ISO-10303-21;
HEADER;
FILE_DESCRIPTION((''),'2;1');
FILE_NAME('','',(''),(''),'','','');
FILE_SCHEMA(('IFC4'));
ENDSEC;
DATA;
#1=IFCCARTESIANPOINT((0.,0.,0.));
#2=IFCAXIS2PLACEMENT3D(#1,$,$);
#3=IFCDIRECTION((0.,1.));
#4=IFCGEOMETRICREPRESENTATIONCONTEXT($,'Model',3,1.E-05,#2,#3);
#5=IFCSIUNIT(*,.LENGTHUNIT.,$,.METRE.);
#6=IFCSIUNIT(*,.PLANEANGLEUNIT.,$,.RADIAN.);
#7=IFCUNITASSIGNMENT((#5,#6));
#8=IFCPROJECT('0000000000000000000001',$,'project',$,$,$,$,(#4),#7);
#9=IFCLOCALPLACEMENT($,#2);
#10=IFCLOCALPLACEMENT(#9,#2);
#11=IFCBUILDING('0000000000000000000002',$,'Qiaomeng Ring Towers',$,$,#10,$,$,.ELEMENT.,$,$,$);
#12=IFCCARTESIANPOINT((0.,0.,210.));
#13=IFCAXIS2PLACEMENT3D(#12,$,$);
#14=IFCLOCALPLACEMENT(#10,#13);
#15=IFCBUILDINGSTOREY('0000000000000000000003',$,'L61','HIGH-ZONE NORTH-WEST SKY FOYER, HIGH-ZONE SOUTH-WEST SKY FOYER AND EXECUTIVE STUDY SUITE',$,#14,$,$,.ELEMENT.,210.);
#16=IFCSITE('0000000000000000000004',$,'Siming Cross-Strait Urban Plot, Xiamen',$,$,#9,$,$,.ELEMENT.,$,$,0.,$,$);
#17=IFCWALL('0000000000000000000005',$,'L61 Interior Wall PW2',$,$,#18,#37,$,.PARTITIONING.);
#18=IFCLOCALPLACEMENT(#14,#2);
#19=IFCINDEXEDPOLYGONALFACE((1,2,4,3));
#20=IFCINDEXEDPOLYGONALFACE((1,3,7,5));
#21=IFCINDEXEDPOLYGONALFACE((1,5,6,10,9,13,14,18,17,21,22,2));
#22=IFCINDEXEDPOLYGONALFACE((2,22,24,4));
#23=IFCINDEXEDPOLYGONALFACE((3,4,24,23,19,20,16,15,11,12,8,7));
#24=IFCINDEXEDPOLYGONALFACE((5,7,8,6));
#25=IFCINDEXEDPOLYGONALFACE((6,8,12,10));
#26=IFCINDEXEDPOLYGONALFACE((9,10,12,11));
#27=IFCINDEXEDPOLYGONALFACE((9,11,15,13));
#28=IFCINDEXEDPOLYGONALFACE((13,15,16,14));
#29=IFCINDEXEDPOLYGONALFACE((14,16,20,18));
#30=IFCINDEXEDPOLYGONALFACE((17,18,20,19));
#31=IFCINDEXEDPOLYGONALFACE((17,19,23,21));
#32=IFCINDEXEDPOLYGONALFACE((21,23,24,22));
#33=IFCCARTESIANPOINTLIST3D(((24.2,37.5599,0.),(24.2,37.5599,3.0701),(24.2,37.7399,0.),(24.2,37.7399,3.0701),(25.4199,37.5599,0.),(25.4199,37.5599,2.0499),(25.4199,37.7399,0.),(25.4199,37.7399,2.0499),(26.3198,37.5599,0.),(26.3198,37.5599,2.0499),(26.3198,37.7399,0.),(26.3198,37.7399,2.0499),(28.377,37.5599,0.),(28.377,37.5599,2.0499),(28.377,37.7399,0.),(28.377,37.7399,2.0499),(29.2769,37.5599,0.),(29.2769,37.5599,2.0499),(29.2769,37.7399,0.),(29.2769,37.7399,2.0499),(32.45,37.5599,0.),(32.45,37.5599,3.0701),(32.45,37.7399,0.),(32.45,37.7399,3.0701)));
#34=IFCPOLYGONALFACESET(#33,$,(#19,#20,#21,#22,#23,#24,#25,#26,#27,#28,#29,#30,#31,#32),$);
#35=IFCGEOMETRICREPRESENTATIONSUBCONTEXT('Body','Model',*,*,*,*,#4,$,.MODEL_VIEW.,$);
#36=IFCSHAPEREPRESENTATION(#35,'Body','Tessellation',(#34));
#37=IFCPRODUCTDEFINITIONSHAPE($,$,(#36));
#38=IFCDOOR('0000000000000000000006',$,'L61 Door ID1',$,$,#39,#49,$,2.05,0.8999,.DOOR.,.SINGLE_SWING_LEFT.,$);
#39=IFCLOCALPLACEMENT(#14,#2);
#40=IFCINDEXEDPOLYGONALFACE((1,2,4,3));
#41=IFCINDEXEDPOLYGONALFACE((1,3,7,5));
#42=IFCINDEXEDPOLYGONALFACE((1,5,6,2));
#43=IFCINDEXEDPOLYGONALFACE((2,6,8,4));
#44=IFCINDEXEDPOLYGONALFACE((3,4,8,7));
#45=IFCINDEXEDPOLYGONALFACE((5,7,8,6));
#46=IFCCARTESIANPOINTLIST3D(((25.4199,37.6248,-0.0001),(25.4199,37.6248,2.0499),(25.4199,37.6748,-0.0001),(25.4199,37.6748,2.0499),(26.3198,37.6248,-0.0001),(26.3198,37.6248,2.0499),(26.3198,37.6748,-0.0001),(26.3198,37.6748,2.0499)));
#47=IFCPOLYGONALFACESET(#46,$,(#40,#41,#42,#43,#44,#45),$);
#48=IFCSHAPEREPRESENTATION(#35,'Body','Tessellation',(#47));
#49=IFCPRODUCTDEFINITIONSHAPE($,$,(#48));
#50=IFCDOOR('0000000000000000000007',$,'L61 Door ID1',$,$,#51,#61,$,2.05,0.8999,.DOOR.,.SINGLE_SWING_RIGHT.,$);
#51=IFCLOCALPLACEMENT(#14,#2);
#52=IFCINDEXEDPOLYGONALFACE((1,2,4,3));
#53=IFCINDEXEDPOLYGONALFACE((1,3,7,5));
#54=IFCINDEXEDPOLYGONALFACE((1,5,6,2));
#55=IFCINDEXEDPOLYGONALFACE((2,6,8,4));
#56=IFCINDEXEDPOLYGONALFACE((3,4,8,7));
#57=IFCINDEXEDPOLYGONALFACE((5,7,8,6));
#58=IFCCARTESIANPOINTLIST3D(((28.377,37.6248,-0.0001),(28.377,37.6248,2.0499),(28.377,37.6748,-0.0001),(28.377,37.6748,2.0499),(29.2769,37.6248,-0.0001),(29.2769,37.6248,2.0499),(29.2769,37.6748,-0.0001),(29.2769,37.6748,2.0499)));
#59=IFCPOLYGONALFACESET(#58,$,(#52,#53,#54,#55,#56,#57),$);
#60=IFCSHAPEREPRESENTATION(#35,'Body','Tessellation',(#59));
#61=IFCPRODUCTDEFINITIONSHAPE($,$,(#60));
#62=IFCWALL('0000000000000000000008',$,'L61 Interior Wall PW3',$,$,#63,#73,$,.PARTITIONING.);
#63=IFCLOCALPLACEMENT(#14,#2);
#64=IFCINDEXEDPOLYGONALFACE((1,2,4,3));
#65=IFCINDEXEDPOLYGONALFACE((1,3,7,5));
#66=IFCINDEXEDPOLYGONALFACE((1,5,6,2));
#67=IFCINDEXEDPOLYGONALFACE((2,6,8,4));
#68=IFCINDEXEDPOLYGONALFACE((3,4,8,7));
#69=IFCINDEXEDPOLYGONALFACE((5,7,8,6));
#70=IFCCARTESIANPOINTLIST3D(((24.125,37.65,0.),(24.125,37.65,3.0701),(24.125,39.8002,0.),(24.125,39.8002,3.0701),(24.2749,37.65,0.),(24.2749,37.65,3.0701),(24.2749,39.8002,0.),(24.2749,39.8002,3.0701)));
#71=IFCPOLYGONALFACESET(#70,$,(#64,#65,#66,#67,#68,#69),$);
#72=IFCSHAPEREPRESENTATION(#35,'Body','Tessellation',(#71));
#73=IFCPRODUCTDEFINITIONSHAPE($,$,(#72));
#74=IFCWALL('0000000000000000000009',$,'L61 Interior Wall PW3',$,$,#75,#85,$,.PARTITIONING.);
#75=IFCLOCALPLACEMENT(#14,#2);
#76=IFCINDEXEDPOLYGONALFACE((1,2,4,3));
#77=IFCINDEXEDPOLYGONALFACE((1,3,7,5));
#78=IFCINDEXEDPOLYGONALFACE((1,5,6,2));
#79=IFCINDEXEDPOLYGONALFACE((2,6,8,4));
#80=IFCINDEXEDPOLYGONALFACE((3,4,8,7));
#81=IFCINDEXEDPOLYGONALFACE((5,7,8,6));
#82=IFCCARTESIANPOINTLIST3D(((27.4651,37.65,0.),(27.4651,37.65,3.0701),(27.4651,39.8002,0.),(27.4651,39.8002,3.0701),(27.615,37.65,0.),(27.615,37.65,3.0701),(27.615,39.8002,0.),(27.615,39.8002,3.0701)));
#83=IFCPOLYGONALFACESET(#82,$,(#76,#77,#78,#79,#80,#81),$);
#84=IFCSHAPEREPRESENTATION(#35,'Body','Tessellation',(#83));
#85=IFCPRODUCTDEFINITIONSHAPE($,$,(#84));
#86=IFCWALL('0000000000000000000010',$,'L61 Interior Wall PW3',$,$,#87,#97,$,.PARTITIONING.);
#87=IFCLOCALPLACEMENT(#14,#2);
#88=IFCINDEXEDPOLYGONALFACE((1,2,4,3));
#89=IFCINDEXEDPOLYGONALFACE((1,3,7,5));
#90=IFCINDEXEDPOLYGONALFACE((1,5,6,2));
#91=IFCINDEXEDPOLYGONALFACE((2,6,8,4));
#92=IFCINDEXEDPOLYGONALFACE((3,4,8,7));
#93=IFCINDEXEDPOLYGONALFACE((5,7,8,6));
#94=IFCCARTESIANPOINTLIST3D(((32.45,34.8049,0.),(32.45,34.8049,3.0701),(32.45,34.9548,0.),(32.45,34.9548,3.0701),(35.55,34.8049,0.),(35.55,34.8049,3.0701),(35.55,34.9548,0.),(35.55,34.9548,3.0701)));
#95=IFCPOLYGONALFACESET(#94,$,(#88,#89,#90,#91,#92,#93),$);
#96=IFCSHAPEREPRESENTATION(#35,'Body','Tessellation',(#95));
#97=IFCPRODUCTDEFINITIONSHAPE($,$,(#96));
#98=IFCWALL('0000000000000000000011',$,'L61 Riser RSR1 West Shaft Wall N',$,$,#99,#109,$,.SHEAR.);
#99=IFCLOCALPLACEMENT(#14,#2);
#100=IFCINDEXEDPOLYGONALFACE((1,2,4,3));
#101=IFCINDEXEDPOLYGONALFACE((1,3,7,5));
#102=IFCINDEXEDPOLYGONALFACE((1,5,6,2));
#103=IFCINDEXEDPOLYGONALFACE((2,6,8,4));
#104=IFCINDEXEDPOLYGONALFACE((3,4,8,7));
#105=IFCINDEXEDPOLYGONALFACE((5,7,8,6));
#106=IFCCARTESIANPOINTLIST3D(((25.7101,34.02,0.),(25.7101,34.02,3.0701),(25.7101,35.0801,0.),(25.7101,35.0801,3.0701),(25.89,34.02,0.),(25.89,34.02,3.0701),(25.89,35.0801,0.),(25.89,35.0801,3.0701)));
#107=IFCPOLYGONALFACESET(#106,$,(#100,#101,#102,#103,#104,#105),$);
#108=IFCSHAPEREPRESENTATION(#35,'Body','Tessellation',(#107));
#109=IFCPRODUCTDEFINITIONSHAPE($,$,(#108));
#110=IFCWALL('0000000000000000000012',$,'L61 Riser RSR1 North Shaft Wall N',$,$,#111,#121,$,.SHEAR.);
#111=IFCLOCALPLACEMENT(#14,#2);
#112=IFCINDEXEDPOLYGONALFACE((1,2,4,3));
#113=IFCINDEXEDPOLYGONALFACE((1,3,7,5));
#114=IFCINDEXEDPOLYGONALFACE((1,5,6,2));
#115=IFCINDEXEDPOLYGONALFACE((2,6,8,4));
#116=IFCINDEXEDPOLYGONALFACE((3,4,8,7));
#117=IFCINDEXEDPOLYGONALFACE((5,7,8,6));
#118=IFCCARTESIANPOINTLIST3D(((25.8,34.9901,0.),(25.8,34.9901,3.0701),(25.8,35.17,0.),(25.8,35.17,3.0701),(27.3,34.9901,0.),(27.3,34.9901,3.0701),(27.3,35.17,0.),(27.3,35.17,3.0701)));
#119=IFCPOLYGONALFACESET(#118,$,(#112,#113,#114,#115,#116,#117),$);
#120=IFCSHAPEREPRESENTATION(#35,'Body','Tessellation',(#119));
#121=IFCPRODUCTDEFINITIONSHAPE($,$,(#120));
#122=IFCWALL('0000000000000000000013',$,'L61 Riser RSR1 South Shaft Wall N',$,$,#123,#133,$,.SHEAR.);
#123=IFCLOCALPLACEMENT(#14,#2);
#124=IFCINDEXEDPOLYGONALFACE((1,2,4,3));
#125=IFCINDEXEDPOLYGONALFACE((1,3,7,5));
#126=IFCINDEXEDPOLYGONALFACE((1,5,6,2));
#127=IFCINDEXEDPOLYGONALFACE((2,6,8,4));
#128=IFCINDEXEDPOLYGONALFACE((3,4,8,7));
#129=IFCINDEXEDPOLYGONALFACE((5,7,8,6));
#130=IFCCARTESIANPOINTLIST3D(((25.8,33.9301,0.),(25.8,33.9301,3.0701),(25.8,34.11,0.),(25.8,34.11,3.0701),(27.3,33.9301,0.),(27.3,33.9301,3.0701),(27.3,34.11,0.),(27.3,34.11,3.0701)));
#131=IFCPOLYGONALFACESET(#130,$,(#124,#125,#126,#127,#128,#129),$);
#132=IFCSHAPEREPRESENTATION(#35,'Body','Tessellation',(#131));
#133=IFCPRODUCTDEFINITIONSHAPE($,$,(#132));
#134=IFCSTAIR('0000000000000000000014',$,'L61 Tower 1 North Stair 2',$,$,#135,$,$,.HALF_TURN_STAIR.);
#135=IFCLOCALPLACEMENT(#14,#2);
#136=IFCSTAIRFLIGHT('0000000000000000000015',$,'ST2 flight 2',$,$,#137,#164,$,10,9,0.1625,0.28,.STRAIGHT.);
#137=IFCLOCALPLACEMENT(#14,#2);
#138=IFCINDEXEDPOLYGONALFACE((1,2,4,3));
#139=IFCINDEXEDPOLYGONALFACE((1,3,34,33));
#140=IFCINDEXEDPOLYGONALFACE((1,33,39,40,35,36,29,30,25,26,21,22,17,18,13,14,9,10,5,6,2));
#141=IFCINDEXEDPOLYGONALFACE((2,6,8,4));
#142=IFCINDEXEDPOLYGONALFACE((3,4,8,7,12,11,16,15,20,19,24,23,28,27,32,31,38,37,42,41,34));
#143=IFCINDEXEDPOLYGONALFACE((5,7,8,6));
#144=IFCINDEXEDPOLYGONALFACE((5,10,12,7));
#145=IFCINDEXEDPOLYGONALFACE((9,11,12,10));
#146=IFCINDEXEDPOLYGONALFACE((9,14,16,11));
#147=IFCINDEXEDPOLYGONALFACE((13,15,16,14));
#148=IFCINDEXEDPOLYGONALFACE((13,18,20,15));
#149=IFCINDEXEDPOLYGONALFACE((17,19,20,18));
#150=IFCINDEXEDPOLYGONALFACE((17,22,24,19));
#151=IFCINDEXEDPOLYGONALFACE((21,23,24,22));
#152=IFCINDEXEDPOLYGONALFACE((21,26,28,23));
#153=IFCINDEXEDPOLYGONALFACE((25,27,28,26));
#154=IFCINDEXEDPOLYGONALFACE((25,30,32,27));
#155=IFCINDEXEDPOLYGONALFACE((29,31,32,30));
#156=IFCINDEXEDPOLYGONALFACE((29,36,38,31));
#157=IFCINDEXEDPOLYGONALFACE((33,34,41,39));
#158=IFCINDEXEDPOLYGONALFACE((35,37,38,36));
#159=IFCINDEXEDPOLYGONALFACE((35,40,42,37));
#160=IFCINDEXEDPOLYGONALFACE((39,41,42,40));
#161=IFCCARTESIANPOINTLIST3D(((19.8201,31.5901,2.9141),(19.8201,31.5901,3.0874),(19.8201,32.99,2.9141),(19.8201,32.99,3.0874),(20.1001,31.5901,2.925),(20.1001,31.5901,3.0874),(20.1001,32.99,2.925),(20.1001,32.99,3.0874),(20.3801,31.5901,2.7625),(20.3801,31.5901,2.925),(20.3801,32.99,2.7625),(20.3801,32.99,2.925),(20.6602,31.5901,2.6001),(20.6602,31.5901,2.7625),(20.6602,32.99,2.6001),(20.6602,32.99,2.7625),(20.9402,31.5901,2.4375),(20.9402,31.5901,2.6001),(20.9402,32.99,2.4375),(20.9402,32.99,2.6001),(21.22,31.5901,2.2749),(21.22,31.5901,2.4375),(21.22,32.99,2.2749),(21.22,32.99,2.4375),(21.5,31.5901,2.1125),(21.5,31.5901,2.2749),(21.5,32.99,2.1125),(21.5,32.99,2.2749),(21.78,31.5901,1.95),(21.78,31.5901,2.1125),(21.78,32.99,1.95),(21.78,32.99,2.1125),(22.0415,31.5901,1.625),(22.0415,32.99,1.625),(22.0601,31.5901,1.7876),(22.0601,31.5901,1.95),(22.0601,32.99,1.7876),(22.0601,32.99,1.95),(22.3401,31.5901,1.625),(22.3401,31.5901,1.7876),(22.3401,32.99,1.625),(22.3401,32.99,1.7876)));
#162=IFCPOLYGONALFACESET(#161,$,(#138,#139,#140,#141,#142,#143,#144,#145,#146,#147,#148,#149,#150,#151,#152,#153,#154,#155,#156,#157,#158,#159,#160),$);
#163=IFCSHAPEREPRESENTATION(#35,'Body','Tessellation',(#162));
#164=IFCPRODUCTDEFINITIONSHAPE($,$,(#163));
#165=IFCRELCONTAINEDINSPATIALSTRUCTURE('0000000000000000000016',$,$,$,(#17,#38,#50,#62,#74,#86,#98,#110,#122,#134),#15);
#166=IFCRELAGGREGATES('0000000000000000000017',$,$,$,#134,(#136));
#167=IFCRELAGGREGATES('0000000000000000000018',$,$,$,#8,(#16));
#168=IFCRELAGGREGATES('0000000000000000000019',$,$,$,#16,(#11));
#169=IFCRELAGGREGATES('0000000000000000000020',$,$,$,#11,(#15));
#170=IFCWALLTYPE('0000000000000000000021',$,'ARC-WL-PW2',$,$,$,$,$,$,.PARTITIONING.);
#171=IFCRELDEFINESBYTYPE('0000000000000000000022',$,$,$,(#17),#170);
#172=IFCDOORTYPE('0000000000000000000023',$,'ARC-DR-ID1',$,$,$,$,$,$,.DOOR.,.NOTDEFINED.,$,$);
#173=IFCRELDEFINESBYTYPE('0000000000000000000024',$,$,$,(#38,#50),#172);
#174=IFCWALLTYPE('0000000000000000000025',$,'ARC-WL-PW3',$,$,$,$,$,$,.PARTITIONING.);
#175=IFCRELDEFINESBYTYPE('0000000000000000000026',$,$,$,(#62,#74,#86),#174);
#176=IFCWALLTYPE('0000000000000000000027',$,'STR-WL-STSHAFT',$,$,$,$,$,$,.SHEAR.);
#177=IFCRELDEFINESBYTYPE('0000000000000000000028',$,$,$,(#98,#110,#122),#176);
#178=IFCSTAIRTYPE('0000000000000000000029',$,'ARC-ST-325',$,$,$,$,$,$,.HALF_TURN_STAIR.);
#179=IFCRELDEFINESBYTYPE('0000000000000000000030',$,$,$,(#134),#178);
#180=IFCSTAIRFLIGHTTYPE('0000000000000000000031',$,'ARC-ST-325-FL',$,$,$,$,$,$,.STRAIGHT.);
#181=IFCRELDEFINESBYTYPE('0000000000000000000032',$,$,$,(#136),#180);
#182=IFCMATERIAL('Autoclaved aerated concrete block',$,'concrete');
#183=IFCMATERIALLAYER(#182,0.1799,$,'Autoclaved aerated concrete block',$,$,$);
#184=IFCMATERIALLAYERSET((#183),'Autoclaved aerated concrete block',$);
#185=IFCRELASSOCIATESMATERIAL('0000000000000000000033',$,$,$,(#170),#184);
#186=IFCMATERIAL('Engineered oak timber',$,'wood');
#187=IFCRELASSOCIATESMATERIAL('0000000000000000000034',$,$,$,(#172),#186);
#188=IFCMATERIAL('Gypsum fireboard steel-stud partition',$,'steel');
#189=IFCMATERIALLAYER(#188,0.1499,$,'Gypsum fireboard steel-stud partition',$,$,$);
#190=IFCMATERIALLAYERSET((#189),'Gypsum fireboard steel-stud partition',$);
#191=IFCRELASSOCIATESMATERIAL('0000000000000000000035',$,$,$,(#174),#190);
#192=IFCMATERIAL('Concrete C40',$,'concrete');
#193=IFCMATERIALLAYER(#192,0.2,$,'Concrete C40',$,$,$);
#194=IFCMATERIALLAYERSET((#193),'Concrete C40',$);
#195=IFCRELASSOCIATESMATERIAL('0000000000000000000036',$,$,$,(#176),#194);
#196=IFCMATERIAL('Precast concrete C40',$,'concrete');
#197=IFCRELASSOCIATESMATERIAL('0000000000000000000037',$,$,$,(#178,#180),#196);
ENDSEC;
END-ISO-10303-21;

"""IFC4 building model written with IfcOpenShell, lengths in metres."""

from ifc_helpers import new_model, si_unit, direction, frame, frame_2d, origin, place, context, subcontext, project, spatial, polyline, rectangle, outline, extrude, source, transform, mapped, material, layer, layer_set, type_object, element, fill, aggregate, save


model = new_model("IFC4")

# Units and contexts
model_context = context("Model", 3, precision=1e-05, world=origin(), true_north=direction((0.0, 1.0)))
body_context = subcontext(model_context, "Body", "Model", "MODEL_VIEW")
ifc_project = project(units=[si_unit("LENGTHUNIT", "METRE"), si_unit("PLANEANGLEUNIT", "RADIAN")], contexts=[model_context])

# Site, building, storey
site_placement = place(None, origin())
site = spatial("IfcSite", under=ifc_project, at=site_placement, Name="Siming Cross-Strait Urban Plot, Xiamen", CompositionType="ELEMENT", RefElevation=0.0)
building_placement = place(site_placement, origin())
building = spatial("IfcBuilding", under=site, at=building_placement, Name="Qiaomeng Ring Towers", CompositionType="ELEMENT")
storey_placement = place(building_placement, frame((0.0, 0.0, 210.0)))
storey = spatial("IfcBuildingStorey", under=building, at=storey_placement, Name="L61", Description="HIGH-ZONE NORTH-WEST SKY FOYER, HIGH-ZONE SOUTH-WEST SKY FOYER AND EXECUTIVE STUDY SUITE", CompositionType="ELEMENT", Elevation=210.0)

# Shared definitions
ifc_material_1 = material(Name="Concrete C40", Category="concrete")

# Shared definitions
ifc_material_2 = material(Name="Autoclaved aerated concrete block", Category="concrete")

# Wall, openings, doors
ifc_layer_1 = layer(ifc_material_2, 0.1799, Name="Autoclaved aerated concrete block")
ifc_layer_set_1 = layer_set([ifc_layer_1], Name="Autoclaved aerated concrete block")
wall_type_1 = type_object("IfcWallType", Name="ARC-WL-PW2", PredefinedType="PARTITIONING", material=ifc_layer_set_1)
wall_1_placement = place(storey_placement, frame((24.2, 37.6499, 0.0), z_axis=(0.0, 0.0, 1.0), x_axis=(1.0, 0.0, 0.0)))
wall_1 = element("IfcWall", 1, at=wall_1_placement, inside=storey, type_object=wall_type_1, Name="L61 Interior Wall PW2", PredefinedType="PARTITIONING", context=body_context, shape_type="SweptSolid", body=[
    extrude(rectangle(XDim=8.25, YDim=0.1799, at=frame_2d((4.125, 0.0))), origin(), (0.0, 0.0, 1.0), 3.0701),
])
opening_1_placement = place(wall_1_placement, frame((1.22, 0.0, 0.0)))
opening_1 = element("IfcOpeningElement", 2, at=opening_1_placement, cuts=wall_1, PredefinedType="OPENING", context=body_context, shape_type="SweptSolid", body=[
    extrude(rectangle(XDim=0.8999, YDim=2.05, at=frame_2d((0.45, 1.0249))), frame((0.0, 0.0999, 0.0), z_axis=(0.0, -1.0, 0.0), x_axis=(1.0, 0.0, 0.0)), (0.0, 0.0, 1.0), 0.2),
])
opening_2_placement = place(wall_1_placement, frame((4.177, 0.0, 0.0)))
opening_2 = element("IfcOpeningElement", 3, at=opening_2_placement, cuts=wall_1, PredefinedType="OPENING", context=body_context, shape_type="SweptSolid", body=[
    extrude(rectangle(XDim=0.8999, YDim=2.05, at=frame_2d((0.45, 1.0249))), frame((0.0, 0.0999, 0.0), z_axis=(0.0, -1.0, 0.0), x_axis=(1.0, 0.0, 0.0)), (0.0, 0.0, 1.0), 0.2),
])
ifc_material_3 = material(Name="Engineered oak timber", Category="wood")
door_type = type_object("IfcDoorType", Name="ARC-DR-ID1", OperationType="NOTDEFINED", PredefinedType="DOOR", material=ifc_material_3)
shared_shape_1 = source(origin(), body_context, "Body", "SweptSolid", [
    extrude(rectangle(XDim=0.8999, YDim=2.05, at=frame_2d((0.45, 1.0249))), frame((0.0, 0.0249, 0.0), z_axis=(0.0, -1.0, 0.0), x_axis=(1.0, 0.0, 0.0)), (0.0, 0.0, 1.0), 0.05),
])
door_1_placement = place(opening_1_placement, origin())
door_1 = element("IfcDoor", 4, at=door_1_placement, inside=storey, type_object=door_type, Name="L61 Door ID1", OperationType="SINGLE_SWING_LEFT", OverallHeight=2.05, OverallWidth=0.8999, PredefinedType="DOOR", context=body_context, shape_type="MappedRepresentation", body=[
    mapped(shared_shape_1, transform((0.0, 0.0, 0.0), x_axis=(1.0, 0.0, 0.0), y_axis=(0.0, 1.0, 0.0), z_axis=(0.0, 0.0, 1.0), scale=1.0)),
])
fill(opening_1, door_1)
door_2_placement = place(opening_2_placement, origin())
door_2 = element("IfcDoor", 5, at=door_2_placement, inside=storey, type_object=door_type, Name="L61 Door ID1", OperationType="SINGLE_SWING_RIGHT", OverallHeight=2.05, OverallWidth=0.8999, PredefinedType="DOOR", context=body_context, shape_type="MappedRepresentation", body=[
    mapped(shared_shape_1, transform((0.0, 0.0, 0.0), x_axis=(1.0, 0.0, 0.0), y_axis=(0.0, 1.0, 0.0), z_axis=(0.0, 0.0, 1.0), scale=1.0)),
])
fill(opening_2, door_2)

# Walls
ifc_material_4 = material(Name="Gypsum fireboard steel-stud partition", Category="steel")
ifc_layer_2 = layer(ifc_material_4, 0.1499, Name="Gypsum fireboard steel-stud partition")
ifc_layer_set_2 = layer_set([ifc_layer_2], Name="Gypsum fireboard steel-stud partition")
wall_type_2 = type_object("IfcWallType", Name="ARC-WL-PW3", PredefinedType="PARTITIONING", material=ifc_layer_set_2)
for number, where, z_axis, x_axis, name in (
    (6, (24.2, 37.6499, 0.0), (0.0, 0.0, 1.0), (0.0, 1.0, 0.0), "L61 Interior Wall PW3"),
    (7, (27.54, 37.6499, 0.0), (0.0, 0.0, 1.0), (0.0, 1.0, 0.0), "L61 Interior Wall PW3"),
):
    element("IfcWall", number, at=place(storey_placement, frame(where, z_axis=z_axis, x_axis=x_axis)), inside=storey, type_object=wall_type_2, Name=name, PredefinedType="PARTITIONING", context=body_context, shape_type="SweptSolid", body=[
        extrude(rectangle(XDim=2.1501, YDim=0.1499, at=frame_2d((1.0752, 0.0))), origin(), (0.0, 0.0, 1.0), 3.0701),
    ])
wall_2_placement = place(storey_placement, frame((32.45, 34.8799, 0.0), z_axis=(0.0, 0.0, 1.0), x_axis=(1.0, 0.0, 0.0)))
element("IfcWall", 8, at=wall_2_placement, inside=storey, type_object=wall_type_2, Name="L61 Interior Wall PW3", PredefinedType="PARTITIONING", context=body_context, shape_type="SweptSolid", body=[
    extrude(rectangle(XDim=3.1001, YDim=0.1499, at=frame_2d((1.55, 0.0))), origin(), (0.0, 0.0, 1.0), 3.0701),
])
ifc_layer_3 = layer(ifc_material_1, 0.2, Name="Concrete C40")
ifc_layer_set_3 = layer_set([ifc_layer_3], Name="Concrete C40")
wall_type_3 = type_object("IfcWallType", Name="STR-WL-STSHAFT", PredefinedType="SHEAR", material=ifc_layer_set_3)
wall_3_placement = place(storey_placement, frame((25.8, 34.02, 0.0), z_axis=(0.0, 0.0, 1.0), x_axis=(0.0, 1.0, 0.0)))
element("IfcWall", 9, at=wall_3_placement, inside=storey, type_object=wall_type_3, Name="L61 Riser RSR1 West Shaft Wall N", PredefinedType="SHEAR", context=body_context, shape_type="SweptSolid", body=[
    extrude(rectangle(XDim=1.0601, YDim=0.1799, at=frame_2d((0.53, 0.0))), origin(), (0.0, 0.0, 1.0), 3.0701),
])
for number, where, z_axis, x_axis, name in (
    (10, (25.8, 35.0801, 0.0), (0.0, 0.0, 1.0), (1.0, 0.0, 0.0), "L61 Riser RSR1 North Shaft Wall N"),
    (11, (25.8, 34.02, 0.0), (0.0, 0.0, 1.0), (1.0, 0.0, 0.0), "L61 Riser RSR1 South Shaft Wall N"),
):
    element("IfcWall", number, at=place(storey_placement, frame(where, z_axis=z_axis, x_axis=x_axis)), inside=storey, type_object=wall_type_3, Name=name, PredefinedType="SHEAR", context=body_context, shape_type="SweptSolid", body=[
        extrude(rectangle(XDim=1.5, YDim=0.1799, at=frame_2d((0.75, 0.0))), origin(), (0.0, 0.0, 1.0), 3.0701),
    ])

# Stair, stair flight
ifc_material_5 = material(Name="Precast concrete C40", Category="concrete")
stair_type = type_object("IfcStairType", Name="ARC-ST-325", PredefinedType="HALF_TURN_STAIR", material=ifc_material_5)
stair_placement = place(storey_placement, origin())
stair = element("IfcStair", 12, at=stair_placement, inside=storey, type_object=stair_type, Name="L61 Tower 1 North Stair 2", PredefinedType="HALF_TURN_STAIR")
stair_flight_type = type_object("IfcStairFlightType", Name="ARC-ST-325-FL", PredefinedType="STRAIGHT", material=ifc_material_5)
shared_shape_2 = source(origin(), body_context, "Body", "SweptSolid", [
    extrude(outline(polyline([(0.0, 0.0), (0.0, 0.1626), (0.28, 0.1626), (0.28, 0.325), (0.5601, 0.325), (0.5601, 0.4875), (0.8401, 0.4875), (0.8401, 0.6499), (1.1201, 0.6499), (1.1201, 0.8125), (1.3999, 0.8125), (1.3999, 0.9751), (1.6799, 0.9751), (1.6799, 1.1375), (1.96, 1.1375), (1.96, 1.3), (2.24, 1.3), (2.24, 1.4624), (2.52, 1.4624), (2.52, 1.625), (2.52, 1.2891), (0.2986, 0.0), (0.0, 0.0)])), frame((0.0, 0.7, 0.0), z_axis=(0.0, -1.0, 0.0), x_axis=(1.0, 0.0, 0.0)), (0.0, 0.0, 1.0), 1.3999),
])
stair_flight_placement = place(storey_placement, frame((22.3401, 32.29, 1.625), z_axis=(0.0, 0.0, 1.0), x_axis=(-1.0, 0.0, 0.0)))
stair_flight = element("IfcStairFlight", 13, at=stair_flight_placement, type_object=stair_flight_type, Name="ST2 flight 2", NumberOfRisers=10, NumberOfTreads=9, PredefinedType="STRAIGHT", RiserHeight=0.1625, TreadLength=0.28, context=body_context, shape_type="MappedRepresentation", body=[
    mapped(shared_shape_2, transform((0.0, 0.0, 0.0), x_axis=(1.0, 0.0, 0.0), y_axis=(0.0, 1.0, 0.0), z_axis=(0.0, 0.0, 1.0), scale=1.0)),
])
aggregate(stair, [stair_flight])

save(model, "model.ifc")
